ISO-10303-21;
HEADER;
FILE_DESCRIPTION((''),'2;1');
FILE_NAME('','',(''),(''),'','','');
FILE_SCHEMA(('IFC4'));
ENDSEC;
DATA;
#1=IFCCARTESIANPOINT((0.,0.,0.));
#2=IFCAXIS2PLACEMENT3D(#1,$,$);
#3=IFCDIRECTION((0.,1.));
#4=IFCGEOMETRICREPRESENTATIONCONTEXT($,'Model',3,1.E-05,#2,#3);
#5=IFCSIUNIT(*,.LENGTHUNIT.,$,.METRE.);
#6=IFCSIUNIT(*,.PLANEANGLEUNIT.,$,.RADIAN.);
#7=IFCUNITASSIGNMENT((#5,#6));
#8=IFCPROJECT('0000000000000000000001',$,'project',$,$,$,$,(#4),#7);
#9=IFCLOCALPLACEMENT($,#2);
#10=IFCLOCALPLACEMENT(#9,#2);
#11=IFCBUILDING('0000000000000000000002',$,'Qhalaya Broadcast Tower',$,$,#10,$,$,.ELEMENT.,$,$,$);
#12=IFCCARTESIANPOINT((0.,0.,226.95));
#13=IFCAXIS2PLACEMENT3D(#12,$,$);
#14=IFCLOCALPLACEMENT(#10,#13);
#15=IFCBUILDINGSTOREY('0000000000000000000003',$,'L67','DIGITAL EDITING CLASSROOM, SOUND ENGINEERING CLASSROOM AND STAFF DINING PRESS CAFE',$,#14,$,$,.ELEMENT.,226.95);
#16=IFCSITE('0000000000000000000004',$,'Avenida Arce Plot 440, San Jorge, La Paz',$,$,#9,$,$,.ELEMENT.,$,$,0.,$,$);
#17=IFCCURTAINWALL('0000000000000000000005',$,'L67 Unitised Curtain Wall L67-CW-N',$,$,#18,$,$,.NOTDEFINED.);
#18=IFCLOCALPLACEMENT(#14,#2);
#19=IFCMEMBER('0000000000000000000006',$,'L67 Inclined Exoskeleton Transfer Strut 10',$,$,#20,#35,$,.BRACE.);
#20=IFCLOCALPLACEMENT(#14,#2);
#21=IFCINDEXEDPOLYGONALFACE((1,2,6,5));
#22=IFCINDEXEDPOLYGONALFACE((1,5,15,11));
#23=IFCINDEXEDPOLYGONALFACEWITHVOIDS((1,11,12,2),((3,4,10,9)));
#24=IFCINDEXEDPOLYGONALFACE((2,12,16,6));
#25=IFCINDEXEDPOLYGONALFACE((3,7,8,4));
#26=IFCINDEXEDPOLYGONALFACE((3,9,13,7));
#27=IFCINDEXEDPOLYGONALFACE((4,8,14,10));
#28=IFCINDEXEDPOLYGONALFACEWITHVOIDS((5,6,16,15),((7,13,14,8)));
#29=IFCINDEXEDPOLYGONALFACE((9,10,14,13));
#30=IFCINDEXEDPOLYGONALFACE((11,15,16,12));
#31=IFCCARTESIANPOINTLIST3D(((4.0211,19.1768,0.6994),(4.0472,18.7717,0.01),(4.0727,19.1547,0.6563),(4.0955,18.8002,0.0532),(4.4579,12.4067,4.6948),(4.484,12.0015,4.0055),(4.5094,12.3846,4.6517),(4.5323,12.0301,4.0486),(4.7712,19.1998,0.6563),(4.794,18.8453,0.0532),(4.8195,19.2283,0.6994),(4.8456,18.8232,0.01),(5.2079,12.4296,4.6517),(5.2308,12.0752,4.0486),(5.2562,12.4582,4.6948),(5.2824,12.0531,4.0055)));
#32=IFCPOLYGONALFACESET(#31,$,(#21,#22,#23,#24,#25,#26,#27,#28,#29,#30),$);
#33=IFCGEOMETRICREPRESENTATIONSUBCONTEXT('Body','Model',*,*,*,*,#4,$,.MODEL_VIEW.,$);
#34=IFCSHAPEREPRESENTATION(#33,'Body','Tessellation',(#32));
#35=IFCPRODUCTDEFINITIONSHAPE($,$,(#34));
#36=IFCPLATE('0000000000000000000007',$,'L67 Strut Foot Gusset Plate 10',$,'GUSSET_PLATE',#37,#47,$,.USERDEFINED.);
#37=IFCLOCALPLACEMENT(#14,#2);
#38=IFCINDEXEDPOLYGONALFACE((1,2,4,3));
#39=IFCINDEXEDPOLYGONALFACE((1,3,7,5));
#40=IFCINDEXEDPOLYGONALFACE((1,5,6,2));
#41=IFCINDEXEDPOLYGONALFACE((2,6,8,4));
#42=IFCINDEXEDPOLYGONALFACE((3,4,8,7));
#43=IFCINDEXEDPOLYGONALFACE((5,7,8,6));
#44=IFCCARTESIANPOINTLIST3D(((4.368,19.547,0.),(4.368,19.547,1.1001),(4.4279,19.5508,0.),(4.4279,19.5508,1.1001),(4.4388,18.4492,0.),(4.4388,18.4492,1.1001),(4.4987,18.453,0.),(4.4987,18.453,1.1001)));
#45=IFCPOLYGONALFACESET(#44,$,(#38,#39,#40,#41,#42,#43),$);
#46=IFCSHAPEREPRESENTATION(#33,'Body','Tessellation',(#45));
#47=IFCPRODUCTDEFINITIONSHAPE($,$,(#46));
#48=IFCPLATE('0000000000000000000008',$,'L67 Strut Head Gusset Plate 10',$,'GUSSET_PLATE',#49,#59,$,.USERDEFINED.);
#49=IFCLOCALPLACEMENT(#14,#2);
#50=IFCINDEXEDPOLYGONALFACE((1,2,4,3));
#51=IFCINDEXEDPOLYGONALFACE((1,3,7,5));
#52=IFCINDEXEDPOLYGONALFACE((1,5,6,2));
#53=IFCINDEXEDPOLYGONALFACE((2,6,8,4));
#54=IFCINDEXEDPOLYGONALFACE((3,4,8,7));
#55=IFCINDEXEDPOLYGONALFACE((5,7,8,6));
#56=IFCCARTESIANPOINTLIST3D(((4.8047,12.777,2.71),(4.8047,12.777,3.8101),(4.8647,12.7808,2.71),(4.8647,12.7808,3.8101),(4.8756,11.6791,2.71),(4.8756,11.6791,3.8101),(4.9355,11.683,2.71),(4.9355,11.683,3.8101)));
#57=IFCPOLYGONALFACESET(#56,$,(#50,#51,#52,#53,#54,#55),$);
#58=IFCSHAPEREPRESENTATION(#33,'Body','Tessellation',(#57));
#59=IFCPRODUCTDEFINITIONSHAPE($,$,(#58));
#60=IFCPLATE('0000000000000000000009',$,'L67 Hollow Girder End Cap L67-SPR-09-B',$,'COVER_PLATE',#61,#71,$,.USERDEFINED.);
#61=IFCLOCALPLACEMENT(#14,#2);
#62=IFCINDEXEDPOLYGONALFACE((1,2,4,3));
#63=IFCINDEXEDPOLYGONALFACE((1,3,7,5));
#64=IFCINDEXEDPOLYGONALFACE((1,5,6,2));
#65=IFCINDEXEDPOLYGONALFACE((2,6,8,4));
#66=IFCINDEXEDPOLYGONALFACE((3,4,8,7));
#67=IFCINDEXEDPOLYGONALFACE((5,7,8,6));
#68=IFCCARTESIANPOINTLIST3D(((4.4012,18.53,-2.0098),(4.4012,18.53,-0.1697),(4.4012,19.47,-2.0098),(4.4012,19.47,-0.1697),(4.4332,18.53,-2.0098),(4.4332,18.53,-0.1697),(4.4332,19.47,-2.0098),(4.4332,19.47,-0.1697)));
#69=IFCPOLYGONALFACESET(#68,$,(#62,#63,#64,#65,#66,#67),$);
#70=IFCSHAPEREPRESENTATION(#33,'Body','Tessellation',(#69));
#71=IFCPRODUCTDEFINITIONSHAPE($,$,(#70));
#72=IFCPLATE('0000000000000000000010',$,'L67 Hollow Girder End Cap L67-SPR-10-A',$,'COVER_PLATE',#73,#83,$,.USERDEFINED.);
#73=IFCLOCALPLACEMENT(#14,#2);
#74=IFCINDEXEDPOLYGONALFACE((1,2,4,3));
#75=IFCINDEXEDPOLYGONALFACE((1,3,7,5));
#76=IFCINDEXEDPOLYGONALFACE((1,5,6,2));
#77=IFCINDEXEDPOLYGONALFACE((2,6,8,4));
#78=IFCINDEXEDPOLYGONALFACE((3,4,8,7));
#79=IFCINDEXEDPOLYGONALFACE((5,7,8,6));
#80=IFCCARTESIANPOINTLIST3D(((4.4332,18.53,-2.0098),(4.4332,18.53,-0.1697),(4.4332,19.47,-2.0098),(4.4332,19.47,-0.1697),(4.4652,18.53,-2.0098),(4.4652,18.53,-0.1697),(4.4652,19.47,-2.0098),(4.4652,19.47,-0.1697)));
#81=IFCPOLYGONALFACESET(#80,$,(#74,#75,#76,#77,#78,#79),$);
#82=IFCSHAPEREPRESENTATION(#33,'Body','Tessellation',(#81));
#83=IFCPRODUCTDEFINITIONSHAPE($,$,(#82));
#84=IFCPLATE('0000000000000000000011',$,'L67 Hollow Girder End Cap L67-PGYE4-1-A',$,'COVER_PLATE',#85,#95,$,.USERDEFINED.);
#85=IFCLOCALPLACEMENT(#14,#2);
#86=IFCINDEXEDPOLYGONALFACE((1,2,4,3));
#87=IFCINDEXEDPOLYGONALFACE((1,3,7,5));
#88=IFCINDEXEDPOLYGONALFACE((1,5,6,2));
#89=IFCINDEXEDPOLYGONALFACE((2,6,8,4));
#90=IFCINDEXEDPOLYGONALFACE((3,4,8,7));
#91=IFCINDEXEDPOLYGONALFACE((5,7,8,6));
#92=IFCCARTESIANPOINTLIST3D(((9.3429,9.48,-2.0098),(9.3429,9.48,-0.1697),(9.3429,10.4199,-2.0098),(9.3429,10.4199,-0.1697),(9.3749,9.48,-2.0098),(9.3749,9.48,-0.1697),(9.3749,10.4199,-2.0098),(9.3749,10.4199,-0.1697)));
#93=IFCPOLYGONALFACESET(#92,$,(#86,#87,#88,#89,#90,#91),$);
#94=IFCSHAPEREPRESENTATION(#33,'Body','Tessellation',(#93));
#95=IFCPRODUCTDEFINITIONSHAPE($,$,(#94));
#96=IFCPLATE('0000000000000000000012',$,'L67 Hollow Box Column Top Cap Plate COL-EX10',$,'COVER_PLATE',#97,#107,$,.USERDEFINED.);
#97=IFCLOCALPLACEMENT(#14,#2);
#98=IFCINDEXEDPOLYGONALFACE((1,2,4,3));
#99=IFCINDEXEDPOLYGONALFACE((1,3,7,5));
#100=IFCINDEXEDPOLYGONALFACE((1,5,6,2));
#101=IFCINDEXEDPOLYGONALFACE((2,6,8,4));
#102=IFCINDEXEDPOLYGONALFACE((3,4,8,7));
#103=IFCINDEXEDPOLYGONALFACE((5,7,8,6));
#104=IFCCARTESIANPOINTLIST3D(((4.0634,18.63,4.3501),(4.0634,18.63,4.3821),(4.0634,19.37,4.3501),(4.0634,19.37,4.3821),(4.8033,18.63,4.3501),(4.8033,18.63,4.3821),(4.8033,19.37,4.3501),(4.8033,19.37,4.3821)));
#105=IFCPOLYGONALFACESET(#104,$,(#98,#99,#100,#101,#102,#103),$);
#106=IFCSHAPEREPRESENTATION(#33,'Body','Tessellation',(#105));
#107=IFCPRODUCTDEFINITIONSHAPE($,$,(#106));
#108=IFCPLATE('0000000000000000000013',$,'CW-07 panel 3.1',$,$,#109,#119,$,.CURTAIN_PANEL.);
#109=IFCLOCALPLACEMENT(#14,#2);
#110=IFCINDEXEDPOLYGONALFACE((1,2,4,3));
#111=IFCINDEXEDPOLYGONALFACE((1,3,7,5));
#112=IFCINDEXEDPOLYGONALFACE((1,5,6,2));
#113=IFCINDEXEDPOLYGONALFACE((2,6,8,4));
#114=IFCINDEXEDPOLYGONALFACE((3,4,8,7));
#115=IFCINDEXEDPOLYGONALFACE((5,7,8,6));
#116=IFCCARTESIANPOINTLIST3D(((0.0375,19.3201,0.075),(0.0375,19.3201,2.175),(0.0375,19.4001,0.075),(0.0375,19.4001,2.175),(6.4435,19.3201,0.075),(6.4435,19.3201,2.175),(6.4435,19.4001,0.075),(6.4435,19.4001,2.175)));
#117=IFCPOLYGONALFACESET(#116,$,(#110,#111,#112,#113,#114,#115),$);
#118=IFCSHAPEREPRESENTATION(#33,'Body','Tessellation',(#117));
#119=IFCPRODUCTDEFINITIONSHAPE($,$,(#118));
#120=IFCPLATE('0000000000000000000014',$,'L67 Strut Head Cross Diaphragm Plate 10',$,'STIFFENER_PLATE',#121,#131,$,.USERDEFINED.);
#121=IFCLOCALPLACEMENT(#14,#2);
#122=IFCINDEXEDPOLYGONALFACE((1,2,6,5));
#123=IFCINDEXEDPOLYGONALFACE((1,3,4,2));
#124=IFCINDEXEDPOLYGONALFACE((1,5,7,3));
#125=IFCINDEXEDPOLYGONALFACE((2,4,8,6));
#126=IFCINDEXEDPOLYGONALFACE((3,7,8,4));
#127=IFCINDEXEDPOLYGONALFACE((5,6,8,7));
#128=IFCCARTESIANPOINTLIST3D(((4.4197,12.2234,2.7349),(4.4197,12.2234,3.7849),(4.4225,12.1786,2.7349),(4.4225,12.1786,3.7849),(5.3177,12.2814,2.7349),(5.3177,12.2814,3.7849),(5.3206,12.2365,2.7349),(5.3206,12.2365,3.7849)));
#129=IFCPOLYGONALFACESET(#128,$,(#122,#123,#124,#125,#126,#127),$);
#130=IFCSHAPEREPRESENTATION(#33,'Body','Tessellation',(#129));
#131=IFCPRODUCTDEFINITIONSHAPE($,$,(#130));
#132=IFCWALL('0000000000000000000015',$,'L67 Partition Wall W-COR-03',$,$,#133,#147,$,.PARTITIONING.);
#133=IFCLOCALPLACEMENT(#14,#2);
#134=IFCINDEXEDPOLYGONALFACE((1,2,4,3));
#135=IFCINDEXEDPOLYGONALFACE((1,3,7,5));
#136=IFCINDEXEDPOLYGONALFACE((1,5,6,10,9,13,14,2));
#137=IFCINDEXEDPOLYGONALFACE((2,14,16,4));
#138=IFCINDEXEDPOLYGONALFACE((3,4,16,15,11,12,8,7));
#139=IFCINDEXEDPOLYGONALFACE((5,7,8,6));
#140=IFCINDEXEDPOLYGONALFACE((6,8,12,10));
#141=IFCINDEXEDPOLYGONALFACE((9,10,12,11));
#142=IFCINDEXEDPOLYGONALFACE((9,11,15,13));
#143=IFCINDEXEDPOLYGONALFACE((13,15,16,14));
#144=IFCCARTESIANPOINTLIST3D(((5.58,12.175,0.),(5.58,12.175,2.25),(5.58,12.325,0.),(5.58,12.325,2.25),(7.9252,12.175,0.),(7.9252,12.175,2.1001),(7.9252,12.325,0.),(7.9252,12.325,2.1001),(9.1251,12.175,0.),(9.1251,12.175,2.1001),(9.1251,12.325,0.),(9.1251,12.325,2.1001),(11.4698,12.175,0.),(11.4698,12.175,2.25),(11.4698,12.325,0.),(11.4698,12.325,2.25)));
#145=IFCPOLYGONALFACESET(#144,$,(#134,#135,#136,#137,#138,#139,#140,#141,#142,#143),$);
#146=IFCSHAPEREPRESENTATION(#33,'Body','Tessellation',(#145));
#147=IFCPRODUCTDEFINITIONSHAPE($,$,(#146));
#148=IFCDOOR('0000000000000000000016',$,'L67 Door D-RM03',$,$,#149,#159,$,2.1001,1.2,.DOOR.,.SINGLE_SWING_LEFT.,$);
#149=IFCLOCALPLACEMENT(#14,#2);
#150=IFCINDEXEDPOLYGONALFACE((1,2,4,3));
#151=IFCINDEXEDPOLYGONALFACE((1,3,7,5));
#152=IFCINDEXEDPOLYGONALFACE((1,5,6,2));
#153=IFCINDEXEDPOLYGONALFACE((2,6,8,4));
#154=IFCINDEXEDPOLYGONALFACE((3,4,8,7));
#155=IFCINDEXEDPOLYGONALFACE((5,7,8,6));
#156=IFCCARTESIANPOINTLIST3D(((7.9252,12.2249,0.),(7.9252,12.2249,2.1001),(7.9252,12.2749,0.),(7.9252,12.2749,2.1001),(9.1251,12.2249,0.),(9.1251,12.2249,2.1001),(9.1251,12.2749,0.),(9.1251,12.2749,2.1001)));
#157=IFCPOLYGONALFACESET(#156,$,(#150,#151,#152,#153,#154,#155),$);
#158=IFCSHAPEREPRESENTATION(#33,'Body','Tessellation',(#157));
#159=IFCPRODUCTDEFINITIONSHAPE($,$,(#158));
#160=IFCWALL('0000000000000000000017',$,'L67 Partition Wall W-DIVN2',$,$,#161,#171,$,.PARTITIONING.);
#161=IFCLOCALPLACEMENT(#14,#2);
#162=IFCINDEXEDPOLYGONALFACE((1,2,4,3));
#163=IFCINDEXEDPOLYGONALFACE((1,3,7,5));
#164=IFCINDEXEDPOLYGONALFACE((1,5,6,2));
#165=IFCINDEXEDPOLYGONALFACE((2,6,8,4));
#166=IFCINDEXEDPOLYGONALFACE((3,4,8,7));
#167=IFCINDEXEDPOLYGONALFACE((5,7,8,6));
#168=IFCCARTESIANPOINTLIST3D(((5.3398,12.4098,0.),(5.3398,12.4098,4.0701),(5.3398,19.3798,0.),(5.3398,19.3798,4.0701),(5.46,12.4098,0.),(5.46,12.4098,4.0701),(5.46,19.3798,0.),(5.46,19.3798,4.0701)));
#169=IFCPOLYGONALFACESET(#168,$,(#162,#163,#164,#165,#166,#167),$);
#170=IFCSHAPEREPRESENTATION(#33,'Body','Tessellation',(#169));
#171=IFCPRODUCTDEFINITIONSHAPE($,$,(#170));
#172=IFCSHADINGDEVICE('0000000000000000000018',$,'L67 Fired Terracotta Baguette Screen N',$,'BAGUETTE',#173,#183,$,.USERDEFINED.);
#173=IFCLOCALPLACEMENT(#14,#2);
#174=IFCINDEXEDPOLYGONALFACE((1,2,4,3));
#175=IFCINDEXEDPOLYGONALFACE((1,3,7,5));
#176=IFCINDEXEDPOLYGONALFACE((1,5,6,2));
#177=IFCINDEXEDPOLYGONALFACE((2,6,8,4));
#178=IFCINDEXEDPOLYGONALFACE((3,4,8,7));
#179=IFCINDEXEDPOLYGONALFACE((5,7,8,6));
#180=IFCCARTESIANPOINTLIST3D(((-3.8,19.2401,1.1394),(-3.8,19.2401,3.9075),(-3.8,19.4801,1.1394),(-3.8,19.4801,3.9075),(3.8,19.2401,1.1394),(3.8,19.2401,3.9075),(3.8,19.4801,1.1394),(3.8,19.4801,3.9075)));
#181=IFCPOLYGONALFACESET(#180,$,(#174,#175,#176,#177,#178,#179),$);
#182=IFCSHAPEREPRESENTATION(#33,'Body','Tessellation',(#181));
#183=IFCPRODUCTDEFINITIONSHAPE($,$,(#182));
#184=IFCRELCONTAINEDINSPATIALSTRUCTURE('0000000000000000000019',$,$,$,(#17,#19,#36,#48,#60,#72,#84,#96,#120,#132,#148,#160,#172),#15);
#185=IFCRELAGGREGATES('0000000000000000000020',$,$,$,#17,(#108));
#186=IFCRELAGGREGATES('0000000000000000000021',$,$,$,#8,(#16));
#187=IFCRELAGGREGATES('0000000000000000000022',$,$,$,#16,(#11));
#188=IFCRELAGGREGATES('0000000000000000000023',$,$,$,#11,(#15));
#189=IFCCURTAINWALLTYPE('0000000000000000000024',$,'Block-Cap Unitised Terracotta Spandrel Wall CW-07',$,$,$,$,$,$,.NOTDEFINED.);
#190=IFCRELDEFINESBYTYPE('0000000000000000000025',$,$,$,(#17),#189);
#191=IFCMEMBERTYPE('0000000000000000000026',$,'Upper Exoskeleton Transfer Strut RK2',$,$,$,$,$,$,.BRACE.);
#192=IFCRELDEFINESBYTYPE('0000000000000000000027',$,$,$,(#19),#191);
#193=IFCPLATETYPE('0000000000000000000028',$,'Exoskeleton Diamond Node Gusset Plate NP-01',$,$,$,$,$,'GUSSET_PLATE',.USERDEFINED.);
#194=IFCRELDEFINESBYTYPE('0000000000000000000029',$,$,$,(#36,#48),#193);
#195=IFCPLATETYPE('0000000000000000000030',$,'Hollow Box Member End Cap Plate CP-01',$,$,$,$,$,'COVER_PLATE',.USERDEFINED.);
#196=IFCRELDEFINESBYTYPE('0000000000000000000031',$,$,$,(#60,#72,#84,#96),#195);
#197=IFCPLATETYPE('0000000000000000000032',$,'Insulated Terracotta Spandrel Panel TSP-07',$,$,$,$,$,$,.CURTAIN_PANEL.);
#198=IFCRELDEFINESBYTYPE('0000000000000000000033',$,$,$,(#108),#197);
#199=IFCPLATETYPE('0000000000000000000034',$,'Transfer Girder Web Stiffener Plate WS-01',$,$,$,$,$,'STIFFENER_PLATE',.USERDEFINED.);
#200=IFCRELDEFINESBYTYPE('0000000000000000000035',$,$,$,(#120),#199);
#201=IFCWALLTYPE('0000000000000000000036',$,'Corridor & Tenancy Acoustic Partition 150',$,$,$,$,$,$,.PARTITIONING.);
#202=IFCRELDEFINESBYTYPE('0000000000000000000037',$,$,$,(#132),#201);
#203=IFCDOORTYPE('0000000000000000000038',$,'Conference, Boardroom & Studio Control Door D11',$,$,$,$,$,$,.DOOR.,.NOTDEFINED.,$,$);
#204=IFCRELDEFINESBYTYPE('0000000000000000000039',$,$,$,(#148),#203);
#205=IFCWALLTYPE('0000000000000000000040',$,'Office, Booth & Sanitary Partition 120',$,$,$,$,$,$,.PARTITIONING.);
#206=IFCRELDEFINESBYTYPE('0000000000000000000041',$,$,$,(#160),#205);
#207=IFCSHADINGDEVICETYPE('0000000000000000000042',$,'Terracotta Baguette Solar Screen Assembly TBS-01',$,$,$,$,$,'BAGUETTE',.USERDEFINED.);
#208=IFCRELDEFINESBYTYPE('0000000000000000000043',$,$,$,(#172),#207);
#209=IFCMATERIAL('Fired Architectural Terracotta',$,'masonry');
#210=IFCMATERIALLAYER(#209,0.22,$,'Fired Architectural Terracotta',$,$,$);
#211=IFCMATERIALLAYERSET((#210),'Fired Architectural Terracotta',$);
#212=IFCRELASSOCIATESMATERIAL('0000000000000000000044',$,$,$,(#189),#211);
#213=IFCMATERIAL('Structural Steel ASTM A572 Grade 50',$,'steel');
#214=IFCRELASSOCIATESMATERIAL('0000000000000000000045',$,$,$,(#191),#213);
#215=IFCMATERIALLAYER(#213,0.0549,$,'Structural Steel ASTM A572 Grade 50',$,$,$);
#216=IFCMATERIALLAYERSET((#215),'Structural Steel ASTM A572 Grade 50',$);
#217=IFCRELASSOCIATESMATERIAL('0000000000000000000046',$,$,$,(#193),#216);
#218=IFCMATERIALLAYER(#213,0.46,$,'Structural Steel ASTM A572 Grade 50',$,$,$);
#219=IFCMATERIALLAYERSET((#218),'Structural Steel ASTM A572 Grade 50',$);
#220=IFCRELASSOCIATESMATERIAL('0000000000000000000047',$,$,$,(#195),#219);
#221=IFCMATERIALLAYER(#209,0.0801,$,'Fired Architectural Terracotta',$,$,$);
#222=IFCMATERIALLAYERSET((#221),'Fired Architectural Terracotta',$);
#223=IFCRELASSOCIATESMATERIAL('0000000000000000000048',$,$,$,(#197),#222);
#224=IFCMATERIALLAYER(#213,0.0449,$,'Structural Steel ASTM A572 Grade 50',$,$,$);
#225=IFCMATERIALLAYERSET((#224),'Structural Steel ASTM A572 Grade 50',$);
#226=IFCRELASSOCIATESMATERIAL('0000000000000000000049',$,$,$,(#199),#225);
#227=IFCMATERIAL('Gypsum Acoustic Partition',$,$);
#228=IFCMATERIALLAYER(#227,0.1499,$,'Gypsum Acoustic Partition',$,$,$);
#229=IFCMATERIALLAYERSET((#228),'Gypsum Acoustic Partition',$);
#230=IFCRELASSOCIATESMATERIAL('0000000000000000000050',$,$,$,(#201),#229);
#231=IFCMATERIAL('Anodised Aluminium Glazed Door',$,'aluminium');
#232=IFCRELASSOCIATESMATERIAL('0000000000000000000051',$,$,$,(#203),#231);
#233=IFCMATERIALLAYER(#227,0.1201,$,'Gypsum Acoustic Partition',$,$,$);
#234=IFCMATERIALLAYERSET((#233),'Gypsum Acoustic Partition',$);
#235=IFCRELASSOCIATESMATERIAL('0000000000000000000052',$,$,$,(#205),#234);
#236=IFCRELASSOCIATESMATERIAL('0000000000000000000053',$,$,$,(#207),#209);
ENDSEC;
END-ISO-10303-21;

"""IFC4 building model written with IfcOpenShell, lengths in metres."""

from ifc_helpers import new_model, si_unit, direction, frame, frame_2d, origin, origin_2d, place, context, subcontext, project, spatial, rectangle, hollow_rectangle, extrude, material, layer, layer_set, material_profile, profile_set, type_object, element, fill, aggregate, save


model = new_model("IFC4")

# Units and contexts
model_context = context("Model", 3, precision=1e-05, world=origin(), true_north=direction((0.0, 1.0)))
body_context = subcontext(model_context, "Body", "Model", "MODEL_VIEW")
ifc_project = project(units=[si_unit("LENGTHUNIT", "METRE"), si_unit("PLANEANGLEUNIT", "RADIAN")], contexts=[model_context])

# Site, building, storey
site_placement = place(None, origin())
site = spatial("IfcSite", under=ifc_project, at=site_placement, Name="Avenida Arce Plot 440, San Jorge, La Paz", CompositionType="ELEMENT", RefElevation=0.0)
building_placement = place(site_placement, origin())
building = spatial("IfcBuilding", under=site, at=building_placement, Name="Qhalaya Broadcast Tower", CompositionType="ELEMENT")
storey_placement = place(building_placement, frame((0.0, 0.0, 226.95)))
storey = spatial("IfcBuildingStorey", under=building, at=storey_placement, Name="L67", Description="DIGITAL EDITING CLASSROOM, SOUND ENGINEERING CLASSROOM AND STAFF DINING PRESS CAFE", CompositionType="ELEMENT", Elevation=226.95)

# Shared definitions
ifc_material_1 = material(Name="Structural Steel ASTM A572 Grade 50", Category="steel")

# Curtain wall
ifc_material_2 = material(Name="Fired Architectural Terracotta", Category="masonry")
ifc_layer_1 = layer(ifc_material_2, 0.22, Name="Fired Architectural Terracotta")
ifc_layer_set_1 = layer_set([ifc_layer_1], Name="Fired Architectural Terracotta")
curtain_wall_type = type_object("IfcCurtainWallType", Name="Block-Cap Unitised Terracotta Spandrel Wall CW-07", PredefinedType="NOTDEFINED", material=ifc_layer_set_1)
curtain_wall_placement = place(storey_placement, origin())
curtain_wall = element("IfcCurtainWall", 1, at=curtain_wall_placement, inside=storey, type_object=curtain_wall_type, Name="L67 Unitised Curtain Wall L67-CW-N", PredefinedType="NOTDEFINED")

# Member
ifc_material_profile_1 = material_profile(ifc_material_1, hollow_rectangle(XDim=0.8, YDim=0.8, WallThickness=0.05, at=origin_2d()), Name="BOX 800x800x50")
ifc_profile_set_1 = profile_set([ifc_material_profile_1], Name="Structural Steel ASTM A572 Grade 50")
member_type_1 = type_object("IfcMemberType", Name="Upper Exoskeleton Transfer Strut RK2", PredefinedType="BRACE", material=ifc_profile_set_1)
member_1_placement = place(storey_placement, frame((4.4333, 19.0, 0.3547), z_axis=(0.055475, -0.859885, 0.507465), x_axis=(0.997925, 0.064381, 0.0)))
element("IfcMember", 2, at=member_1_placement, inside=storey, type_object=member_type_1, Name="L67 Inclined Exoskeleton Transfer Strut 10", PredefinedType="BRACE", context=body_context, shape_type="SweptSolid", body=[
    extrude(hollow_rectangle(XDim=0.8, YDim=0.8, WallThickness=0.05, at=origin_2d()), origin(), (0.0, 0.0, 1.0), 7.8733),
])

# Plates
ifc_layer_2 = layer(ifc_material_1, 0.0549, Name="Structural Steel ASTM A572 Grade 50")
ifc_layer_set_2 = layer_set([ifc_layer_2], Name="Structural Steel ASTM A572 Grade 50")
plate_type_1 = type_object("IfcPlateType", Name="Exoskeleton Diamond Node Gusset Plate NP-01", ElementType="GUSSET_PLATE", PredefinedType="USERDEFINED", material=ifc_layer_set_2)
for number, where, z_axis, x_axis, name in (
    (3, (4.4333, 19.0, 0.0), (0.0, 0.0, 1.0), (0.064376, -0.997926, 0.0), "L67 Strut Foot Gusset Plate 10"),
    (4, (4.8701, 12.23, 2.71), (0.0, 0.0, 1.0), (0.064376, -0.997926, 0.0), "L67 Strut Head Gusset Plate 10"),
):
    element("IfcPlate", number, at=place(storey_placement, frame(where, z_axis=z_axis, x_axis=x_axis)), inside=storey, type_object=plate_type_1, Name=name, ObjectType="GUSSET_PLATE", PredefinedType="USERDEFINED", context=body_context, shape_type="SweptSolid", body=[
        extrude(rectangle(XDim=1.1001, YDim=0.0601, at=origin_2d()), origin(), (0.0, 0.0, 1.0), 1.1001),
    ])
ifc_layer_3 = layer(ifc_material_1, 0.46, Name="Structural Steel ASTM A572 Grade 50")
ifc_layer_set_3 = layer_set([ifc_layer_3], Name="Structural Steel ASTM A572 Grade 50")
plate_type_2 = type_object("IfcPlateType", Name="Hollow Box Member End Cap Plate CP-01", ElementType="COVER_PLATE", PredefinedType="USERDEFINED", material=ifc_layer_set_3)
for number, where, z_axis, x_axis, name in (
    (5, (4.4172, 19.0, -2.0098), (0.0, 0.0, 1.0), (0.0, -1.0, 0.0), "L67 Hollow Girder End Cap L67-SPR-09-B"),
    (6, (4.4492, 19.0, -2.0098), (0.0, 0.0, 1.0), (0.0, -1.0, 0.0), "L67 Hollow Girder End Cap L67-SPR-10-A"),
    (7, (9.3589, 9.95, -2.0098), (0.0, 0.0, 1.0), (0.0, 1.0, 0.0), "L67 Hollow Girder End Cap L67-PGYE4-1-A"),
):
    element("IfcPlate", number, at=place(storey_placement, frame(where, z_axis=z_axis, x_axis=x_axis)), inside=storey, type_object=plate_type_2, Name=name, ObjectType="COVER_PLATE", PredefinedType="USERDEFINED", context=body_context, shape_type="SweptSolid", body=[
        extrude(rectangle(XDim=0.9399, YDim=0.032, at=origin_2d()), origin(), (0.0, 0.0, 1.0), 1.8401),
    ])
plate_1_placement = place(storey_placement, frame((4.4333, 19.0, 4.3501), z_axis=(0.0, 0.0, 1.0), x_axis=(1.0, 0.0, 0.0)))
element("IfcPlate", 8, at=plate_1_placement, inside=storey, type_object=plate_type_2, Name="L67 Hollow Box Column Top Cap Plate COL-EX10", ObjectType="COVER_PLATE", PredefinedType="USERDEFINED", context=body_context, shape_type="SweptSolid", body=[
    extrude(rectangle(XDim=0.74, YDim=0.74, at=origin_2d()), origin(), (0.0, 0.0, 1.0), 0.032),
])

# Plates
ifc_layer_4 = layer(ifc_material_2, 0.0801, Name="Fired Architectural Terracotta")
ifc_layer_set_4 = layer_set([ifc_layer_4], Name="Fired Architectural Terracotta")
plate_type_3 = type_object("IfcPlateType", Name="Insulated Terracotta Spandrel Panel TSP-07", PredefinedType="CURTAIN_PANEL", material=ifc_layer_set_4)
plate_2_placement = place(storey_placement, frame((3.2405, 19.3601, 0.075), z_axis=(0.0, 0.0, 1.0), x_axis=(1.0, 0.0, 0.0)))
plate_2 = element("IfcPlate", 9, at=plate_2_placement, type_object=plate_type_3, Name="CW-07 panel 3.1", PredefinedType="CURTAIN_PANEL", context=body_context, shape_type="SweptSolid", body=[
    extrude(rectangle(XDim=6.406, YDim=0.0801, at=origin_2d()), origin(), (0.0, 0.0, 1.0), 2.1001),
])
aggregate(curtain_wall, [plate_2])
ifc_layer_5 = layer(ifc_material_1, 0.0449, Name="Structural Steel ASTM A572 Grade 50")
ifc_layer_set_5 = layer_set([ifc_layer_5], Name="Structural Steel ASTM A572 Grade 50")
plate_type_4 = type_object("IfcPlateType", Name="Transfer Girder Web Stiffener Plate WS-01", ElementType="STIFFENER_PLATE", PredefinedType="USERDEFINED", material=ifc_layer_set_5)
plate_3_placement = place(storey_placement, frame((4.8701, 12.23, 2.7349), z_axis=(0.0, 0.0, 1.0), x_axis=(0.997926, 0.064376, 0.0)))
element("IfcPlate", 10, at=plate_3_placement, inside=storey, type_object=plate_type_4, Name="L67 Strut Head Cross Diaphragm Plate 10", ObjectType="STIFFENER_PLATE", PredefinedType="USERDEFINED", context=body_context, shape_type="SweptSolid", body=[
    extrude(rectangle(XDim=0.8999, YDim=0.0449, at=origin_2d()), origin(), (0.0, 0.0, 1.0), 1.05),
])

# Wall, opening, door
ifc_material_3 = material(Name="Gypsum Acoustic Partition")
ifc_layer_6 = layer(ifc_material_3, 0.1499, Name="Gypsum Acoustic Partition")
ifc_layer_set_6 = layer_set([ifc_layer_6], Name="Gypsum Acoustic Partition")
wall_type_1 = type_object("IfcWallType", Name="Corridor & Tenancy Acoustic Partition 150", PredefinedType="PARTITIONING", material=ifc_layer_set_6)
wall_1_placement = place(storey_placement, frame((5.5801, 12.25, 0.0), z_axis=(0.0, 0.0, 1.0), x_axis=(1.0, 0.0, 0.0)))
wall_1 = element("IfcWall", 11, at=wall_1_placement, inside=storey, type_object=wall_type_1, Name="L67 Partition Wall W-COR-03", PredefinedType="PARTITIONING", context=body_context, shape_type="SweptSolid", body=[
    extrude(rectangle(XDim=5.8899, YDim=0.1499, at=frame_2d((2.9448, 0.0))), origin(), (0.0, 0.0, 1.0), 2.25),
])
opening_placement = place(wall_1_placement, frame((2.345, 0.0, 0.0)))
opening = element("IfcOpeningElement", 12, at=opening_placement, cuts=wall_1, PredefinedType="OPENING", context=body_context, shape_type="SweptSolid", body=[
    extrude(rectangle(XDim=1.2, YDim=2.1001, at=frame_2d((0.6001, 1.05))), frame((0.0, 0.0869, 0.0), z_axis=(0.0, -1.0, 0.0), x_axis=(1.0, 0.0, 0.0)), (0.0, 0.0, 1.0), 0.1738),
])
ifc_material_4 = material(Name="Anodised Aluminium Glazed Door", Category="aluminium")
door_type = type_object("IfcDoorType", Name="Conference, Boardroom & Studio Control Door D11", OperationType="NOTDEFINED", PredefinedType="DOOR", material=ifc_material_4)
door_placement = place(opening_placement, origin())
door = element("IfcDoor", 13, at=door_placement, inside=storey, type_object=door_type, Name="L67 Door D-RM03", OperationType="SINGLE_SWING_LEFT", OverallHeight=2.1001, OverallWidth=1.2, PredefinedType="DOOR", context=body_context, shape_type="SweptSolid", body=[
    extrude(rectangle(XDim=1.2, YDim=2.1001, at=frame_2d((0.6001, 1.05))), frame((0.0, 0.0249, 0.0), z_axis=(0.0, -1.0, 0.0), x_axis=(1.0, 0.0, 0.0)), (0.0, 0.0, 1.0), 0.05),
])
fill(opening, door)

# Wall
ifc_layer_7 = layer(ifc_material_3, 0.1201, Name="Gypsum Acoustic Partition")
ifc_layer_set_7 = layer_set([ifc_layer_7], Name="Gypsum Acoustic Partition")
wall_type_2 = type_object("IfcWallType", Name="Office, Booth & Sanitary Partition 120", PredefinedType="PARTITIONING", material=ifc_layer_set_7)
wall_2_placement = place(storey_placement, frame((5.3999, 12.4099, 0.0), z_axis=(0.0, 0.0, 1.0), x_axis=(0.0, 1.0, 0.0)))
element("IfcWall", 14, at=wall_2_placement, inside=storey, type_object=wall_type_2, Name="L67 Partition Wall W-DIVN2", PredefinedType="PARTITIONING", context=body_context, shape_type="SweptSolid", body=[
    extrude(rectangle(XDim=6.97, YDim=0.1201, at=frame_2d((3.4849, 0.0))), origin(), (0.0, 0.0, 1.0), 4.0701),
])

# Shading device
shading_device_type = type_object("IfcShadingDeviceType", Name="Terracotta Baguette Solar Screen Assembly TBS-01", ElementType="BAGUETTE", PredefinedType="USERDEFINED", material=ifc_material_2)
shading_device_placement = place(storey_placement, frame((0.0, 19.3601, 1.1394), z_axis=(0.0, 0.0, 1.0), x_axis=(-1.0, 0.0, 0.0)))
element("IfcShadingDevice", 15, at=shading_device_placement, inside=storey, type_object=shading_device_type, Name="L67 Fired Terracotta Baguette Screen N", ObjectType="BAGUETTE", PredefinedType="USERDEFINED", context=body_context, shape_type="SweptSolid", body=[
    extrude(rectangle(XDim=7.6001, YDim=0.24, at=origin_2d()), origin(), (0.0, 0.0, 1.0), 2.7681),
])

save(model, "model.ifc")
